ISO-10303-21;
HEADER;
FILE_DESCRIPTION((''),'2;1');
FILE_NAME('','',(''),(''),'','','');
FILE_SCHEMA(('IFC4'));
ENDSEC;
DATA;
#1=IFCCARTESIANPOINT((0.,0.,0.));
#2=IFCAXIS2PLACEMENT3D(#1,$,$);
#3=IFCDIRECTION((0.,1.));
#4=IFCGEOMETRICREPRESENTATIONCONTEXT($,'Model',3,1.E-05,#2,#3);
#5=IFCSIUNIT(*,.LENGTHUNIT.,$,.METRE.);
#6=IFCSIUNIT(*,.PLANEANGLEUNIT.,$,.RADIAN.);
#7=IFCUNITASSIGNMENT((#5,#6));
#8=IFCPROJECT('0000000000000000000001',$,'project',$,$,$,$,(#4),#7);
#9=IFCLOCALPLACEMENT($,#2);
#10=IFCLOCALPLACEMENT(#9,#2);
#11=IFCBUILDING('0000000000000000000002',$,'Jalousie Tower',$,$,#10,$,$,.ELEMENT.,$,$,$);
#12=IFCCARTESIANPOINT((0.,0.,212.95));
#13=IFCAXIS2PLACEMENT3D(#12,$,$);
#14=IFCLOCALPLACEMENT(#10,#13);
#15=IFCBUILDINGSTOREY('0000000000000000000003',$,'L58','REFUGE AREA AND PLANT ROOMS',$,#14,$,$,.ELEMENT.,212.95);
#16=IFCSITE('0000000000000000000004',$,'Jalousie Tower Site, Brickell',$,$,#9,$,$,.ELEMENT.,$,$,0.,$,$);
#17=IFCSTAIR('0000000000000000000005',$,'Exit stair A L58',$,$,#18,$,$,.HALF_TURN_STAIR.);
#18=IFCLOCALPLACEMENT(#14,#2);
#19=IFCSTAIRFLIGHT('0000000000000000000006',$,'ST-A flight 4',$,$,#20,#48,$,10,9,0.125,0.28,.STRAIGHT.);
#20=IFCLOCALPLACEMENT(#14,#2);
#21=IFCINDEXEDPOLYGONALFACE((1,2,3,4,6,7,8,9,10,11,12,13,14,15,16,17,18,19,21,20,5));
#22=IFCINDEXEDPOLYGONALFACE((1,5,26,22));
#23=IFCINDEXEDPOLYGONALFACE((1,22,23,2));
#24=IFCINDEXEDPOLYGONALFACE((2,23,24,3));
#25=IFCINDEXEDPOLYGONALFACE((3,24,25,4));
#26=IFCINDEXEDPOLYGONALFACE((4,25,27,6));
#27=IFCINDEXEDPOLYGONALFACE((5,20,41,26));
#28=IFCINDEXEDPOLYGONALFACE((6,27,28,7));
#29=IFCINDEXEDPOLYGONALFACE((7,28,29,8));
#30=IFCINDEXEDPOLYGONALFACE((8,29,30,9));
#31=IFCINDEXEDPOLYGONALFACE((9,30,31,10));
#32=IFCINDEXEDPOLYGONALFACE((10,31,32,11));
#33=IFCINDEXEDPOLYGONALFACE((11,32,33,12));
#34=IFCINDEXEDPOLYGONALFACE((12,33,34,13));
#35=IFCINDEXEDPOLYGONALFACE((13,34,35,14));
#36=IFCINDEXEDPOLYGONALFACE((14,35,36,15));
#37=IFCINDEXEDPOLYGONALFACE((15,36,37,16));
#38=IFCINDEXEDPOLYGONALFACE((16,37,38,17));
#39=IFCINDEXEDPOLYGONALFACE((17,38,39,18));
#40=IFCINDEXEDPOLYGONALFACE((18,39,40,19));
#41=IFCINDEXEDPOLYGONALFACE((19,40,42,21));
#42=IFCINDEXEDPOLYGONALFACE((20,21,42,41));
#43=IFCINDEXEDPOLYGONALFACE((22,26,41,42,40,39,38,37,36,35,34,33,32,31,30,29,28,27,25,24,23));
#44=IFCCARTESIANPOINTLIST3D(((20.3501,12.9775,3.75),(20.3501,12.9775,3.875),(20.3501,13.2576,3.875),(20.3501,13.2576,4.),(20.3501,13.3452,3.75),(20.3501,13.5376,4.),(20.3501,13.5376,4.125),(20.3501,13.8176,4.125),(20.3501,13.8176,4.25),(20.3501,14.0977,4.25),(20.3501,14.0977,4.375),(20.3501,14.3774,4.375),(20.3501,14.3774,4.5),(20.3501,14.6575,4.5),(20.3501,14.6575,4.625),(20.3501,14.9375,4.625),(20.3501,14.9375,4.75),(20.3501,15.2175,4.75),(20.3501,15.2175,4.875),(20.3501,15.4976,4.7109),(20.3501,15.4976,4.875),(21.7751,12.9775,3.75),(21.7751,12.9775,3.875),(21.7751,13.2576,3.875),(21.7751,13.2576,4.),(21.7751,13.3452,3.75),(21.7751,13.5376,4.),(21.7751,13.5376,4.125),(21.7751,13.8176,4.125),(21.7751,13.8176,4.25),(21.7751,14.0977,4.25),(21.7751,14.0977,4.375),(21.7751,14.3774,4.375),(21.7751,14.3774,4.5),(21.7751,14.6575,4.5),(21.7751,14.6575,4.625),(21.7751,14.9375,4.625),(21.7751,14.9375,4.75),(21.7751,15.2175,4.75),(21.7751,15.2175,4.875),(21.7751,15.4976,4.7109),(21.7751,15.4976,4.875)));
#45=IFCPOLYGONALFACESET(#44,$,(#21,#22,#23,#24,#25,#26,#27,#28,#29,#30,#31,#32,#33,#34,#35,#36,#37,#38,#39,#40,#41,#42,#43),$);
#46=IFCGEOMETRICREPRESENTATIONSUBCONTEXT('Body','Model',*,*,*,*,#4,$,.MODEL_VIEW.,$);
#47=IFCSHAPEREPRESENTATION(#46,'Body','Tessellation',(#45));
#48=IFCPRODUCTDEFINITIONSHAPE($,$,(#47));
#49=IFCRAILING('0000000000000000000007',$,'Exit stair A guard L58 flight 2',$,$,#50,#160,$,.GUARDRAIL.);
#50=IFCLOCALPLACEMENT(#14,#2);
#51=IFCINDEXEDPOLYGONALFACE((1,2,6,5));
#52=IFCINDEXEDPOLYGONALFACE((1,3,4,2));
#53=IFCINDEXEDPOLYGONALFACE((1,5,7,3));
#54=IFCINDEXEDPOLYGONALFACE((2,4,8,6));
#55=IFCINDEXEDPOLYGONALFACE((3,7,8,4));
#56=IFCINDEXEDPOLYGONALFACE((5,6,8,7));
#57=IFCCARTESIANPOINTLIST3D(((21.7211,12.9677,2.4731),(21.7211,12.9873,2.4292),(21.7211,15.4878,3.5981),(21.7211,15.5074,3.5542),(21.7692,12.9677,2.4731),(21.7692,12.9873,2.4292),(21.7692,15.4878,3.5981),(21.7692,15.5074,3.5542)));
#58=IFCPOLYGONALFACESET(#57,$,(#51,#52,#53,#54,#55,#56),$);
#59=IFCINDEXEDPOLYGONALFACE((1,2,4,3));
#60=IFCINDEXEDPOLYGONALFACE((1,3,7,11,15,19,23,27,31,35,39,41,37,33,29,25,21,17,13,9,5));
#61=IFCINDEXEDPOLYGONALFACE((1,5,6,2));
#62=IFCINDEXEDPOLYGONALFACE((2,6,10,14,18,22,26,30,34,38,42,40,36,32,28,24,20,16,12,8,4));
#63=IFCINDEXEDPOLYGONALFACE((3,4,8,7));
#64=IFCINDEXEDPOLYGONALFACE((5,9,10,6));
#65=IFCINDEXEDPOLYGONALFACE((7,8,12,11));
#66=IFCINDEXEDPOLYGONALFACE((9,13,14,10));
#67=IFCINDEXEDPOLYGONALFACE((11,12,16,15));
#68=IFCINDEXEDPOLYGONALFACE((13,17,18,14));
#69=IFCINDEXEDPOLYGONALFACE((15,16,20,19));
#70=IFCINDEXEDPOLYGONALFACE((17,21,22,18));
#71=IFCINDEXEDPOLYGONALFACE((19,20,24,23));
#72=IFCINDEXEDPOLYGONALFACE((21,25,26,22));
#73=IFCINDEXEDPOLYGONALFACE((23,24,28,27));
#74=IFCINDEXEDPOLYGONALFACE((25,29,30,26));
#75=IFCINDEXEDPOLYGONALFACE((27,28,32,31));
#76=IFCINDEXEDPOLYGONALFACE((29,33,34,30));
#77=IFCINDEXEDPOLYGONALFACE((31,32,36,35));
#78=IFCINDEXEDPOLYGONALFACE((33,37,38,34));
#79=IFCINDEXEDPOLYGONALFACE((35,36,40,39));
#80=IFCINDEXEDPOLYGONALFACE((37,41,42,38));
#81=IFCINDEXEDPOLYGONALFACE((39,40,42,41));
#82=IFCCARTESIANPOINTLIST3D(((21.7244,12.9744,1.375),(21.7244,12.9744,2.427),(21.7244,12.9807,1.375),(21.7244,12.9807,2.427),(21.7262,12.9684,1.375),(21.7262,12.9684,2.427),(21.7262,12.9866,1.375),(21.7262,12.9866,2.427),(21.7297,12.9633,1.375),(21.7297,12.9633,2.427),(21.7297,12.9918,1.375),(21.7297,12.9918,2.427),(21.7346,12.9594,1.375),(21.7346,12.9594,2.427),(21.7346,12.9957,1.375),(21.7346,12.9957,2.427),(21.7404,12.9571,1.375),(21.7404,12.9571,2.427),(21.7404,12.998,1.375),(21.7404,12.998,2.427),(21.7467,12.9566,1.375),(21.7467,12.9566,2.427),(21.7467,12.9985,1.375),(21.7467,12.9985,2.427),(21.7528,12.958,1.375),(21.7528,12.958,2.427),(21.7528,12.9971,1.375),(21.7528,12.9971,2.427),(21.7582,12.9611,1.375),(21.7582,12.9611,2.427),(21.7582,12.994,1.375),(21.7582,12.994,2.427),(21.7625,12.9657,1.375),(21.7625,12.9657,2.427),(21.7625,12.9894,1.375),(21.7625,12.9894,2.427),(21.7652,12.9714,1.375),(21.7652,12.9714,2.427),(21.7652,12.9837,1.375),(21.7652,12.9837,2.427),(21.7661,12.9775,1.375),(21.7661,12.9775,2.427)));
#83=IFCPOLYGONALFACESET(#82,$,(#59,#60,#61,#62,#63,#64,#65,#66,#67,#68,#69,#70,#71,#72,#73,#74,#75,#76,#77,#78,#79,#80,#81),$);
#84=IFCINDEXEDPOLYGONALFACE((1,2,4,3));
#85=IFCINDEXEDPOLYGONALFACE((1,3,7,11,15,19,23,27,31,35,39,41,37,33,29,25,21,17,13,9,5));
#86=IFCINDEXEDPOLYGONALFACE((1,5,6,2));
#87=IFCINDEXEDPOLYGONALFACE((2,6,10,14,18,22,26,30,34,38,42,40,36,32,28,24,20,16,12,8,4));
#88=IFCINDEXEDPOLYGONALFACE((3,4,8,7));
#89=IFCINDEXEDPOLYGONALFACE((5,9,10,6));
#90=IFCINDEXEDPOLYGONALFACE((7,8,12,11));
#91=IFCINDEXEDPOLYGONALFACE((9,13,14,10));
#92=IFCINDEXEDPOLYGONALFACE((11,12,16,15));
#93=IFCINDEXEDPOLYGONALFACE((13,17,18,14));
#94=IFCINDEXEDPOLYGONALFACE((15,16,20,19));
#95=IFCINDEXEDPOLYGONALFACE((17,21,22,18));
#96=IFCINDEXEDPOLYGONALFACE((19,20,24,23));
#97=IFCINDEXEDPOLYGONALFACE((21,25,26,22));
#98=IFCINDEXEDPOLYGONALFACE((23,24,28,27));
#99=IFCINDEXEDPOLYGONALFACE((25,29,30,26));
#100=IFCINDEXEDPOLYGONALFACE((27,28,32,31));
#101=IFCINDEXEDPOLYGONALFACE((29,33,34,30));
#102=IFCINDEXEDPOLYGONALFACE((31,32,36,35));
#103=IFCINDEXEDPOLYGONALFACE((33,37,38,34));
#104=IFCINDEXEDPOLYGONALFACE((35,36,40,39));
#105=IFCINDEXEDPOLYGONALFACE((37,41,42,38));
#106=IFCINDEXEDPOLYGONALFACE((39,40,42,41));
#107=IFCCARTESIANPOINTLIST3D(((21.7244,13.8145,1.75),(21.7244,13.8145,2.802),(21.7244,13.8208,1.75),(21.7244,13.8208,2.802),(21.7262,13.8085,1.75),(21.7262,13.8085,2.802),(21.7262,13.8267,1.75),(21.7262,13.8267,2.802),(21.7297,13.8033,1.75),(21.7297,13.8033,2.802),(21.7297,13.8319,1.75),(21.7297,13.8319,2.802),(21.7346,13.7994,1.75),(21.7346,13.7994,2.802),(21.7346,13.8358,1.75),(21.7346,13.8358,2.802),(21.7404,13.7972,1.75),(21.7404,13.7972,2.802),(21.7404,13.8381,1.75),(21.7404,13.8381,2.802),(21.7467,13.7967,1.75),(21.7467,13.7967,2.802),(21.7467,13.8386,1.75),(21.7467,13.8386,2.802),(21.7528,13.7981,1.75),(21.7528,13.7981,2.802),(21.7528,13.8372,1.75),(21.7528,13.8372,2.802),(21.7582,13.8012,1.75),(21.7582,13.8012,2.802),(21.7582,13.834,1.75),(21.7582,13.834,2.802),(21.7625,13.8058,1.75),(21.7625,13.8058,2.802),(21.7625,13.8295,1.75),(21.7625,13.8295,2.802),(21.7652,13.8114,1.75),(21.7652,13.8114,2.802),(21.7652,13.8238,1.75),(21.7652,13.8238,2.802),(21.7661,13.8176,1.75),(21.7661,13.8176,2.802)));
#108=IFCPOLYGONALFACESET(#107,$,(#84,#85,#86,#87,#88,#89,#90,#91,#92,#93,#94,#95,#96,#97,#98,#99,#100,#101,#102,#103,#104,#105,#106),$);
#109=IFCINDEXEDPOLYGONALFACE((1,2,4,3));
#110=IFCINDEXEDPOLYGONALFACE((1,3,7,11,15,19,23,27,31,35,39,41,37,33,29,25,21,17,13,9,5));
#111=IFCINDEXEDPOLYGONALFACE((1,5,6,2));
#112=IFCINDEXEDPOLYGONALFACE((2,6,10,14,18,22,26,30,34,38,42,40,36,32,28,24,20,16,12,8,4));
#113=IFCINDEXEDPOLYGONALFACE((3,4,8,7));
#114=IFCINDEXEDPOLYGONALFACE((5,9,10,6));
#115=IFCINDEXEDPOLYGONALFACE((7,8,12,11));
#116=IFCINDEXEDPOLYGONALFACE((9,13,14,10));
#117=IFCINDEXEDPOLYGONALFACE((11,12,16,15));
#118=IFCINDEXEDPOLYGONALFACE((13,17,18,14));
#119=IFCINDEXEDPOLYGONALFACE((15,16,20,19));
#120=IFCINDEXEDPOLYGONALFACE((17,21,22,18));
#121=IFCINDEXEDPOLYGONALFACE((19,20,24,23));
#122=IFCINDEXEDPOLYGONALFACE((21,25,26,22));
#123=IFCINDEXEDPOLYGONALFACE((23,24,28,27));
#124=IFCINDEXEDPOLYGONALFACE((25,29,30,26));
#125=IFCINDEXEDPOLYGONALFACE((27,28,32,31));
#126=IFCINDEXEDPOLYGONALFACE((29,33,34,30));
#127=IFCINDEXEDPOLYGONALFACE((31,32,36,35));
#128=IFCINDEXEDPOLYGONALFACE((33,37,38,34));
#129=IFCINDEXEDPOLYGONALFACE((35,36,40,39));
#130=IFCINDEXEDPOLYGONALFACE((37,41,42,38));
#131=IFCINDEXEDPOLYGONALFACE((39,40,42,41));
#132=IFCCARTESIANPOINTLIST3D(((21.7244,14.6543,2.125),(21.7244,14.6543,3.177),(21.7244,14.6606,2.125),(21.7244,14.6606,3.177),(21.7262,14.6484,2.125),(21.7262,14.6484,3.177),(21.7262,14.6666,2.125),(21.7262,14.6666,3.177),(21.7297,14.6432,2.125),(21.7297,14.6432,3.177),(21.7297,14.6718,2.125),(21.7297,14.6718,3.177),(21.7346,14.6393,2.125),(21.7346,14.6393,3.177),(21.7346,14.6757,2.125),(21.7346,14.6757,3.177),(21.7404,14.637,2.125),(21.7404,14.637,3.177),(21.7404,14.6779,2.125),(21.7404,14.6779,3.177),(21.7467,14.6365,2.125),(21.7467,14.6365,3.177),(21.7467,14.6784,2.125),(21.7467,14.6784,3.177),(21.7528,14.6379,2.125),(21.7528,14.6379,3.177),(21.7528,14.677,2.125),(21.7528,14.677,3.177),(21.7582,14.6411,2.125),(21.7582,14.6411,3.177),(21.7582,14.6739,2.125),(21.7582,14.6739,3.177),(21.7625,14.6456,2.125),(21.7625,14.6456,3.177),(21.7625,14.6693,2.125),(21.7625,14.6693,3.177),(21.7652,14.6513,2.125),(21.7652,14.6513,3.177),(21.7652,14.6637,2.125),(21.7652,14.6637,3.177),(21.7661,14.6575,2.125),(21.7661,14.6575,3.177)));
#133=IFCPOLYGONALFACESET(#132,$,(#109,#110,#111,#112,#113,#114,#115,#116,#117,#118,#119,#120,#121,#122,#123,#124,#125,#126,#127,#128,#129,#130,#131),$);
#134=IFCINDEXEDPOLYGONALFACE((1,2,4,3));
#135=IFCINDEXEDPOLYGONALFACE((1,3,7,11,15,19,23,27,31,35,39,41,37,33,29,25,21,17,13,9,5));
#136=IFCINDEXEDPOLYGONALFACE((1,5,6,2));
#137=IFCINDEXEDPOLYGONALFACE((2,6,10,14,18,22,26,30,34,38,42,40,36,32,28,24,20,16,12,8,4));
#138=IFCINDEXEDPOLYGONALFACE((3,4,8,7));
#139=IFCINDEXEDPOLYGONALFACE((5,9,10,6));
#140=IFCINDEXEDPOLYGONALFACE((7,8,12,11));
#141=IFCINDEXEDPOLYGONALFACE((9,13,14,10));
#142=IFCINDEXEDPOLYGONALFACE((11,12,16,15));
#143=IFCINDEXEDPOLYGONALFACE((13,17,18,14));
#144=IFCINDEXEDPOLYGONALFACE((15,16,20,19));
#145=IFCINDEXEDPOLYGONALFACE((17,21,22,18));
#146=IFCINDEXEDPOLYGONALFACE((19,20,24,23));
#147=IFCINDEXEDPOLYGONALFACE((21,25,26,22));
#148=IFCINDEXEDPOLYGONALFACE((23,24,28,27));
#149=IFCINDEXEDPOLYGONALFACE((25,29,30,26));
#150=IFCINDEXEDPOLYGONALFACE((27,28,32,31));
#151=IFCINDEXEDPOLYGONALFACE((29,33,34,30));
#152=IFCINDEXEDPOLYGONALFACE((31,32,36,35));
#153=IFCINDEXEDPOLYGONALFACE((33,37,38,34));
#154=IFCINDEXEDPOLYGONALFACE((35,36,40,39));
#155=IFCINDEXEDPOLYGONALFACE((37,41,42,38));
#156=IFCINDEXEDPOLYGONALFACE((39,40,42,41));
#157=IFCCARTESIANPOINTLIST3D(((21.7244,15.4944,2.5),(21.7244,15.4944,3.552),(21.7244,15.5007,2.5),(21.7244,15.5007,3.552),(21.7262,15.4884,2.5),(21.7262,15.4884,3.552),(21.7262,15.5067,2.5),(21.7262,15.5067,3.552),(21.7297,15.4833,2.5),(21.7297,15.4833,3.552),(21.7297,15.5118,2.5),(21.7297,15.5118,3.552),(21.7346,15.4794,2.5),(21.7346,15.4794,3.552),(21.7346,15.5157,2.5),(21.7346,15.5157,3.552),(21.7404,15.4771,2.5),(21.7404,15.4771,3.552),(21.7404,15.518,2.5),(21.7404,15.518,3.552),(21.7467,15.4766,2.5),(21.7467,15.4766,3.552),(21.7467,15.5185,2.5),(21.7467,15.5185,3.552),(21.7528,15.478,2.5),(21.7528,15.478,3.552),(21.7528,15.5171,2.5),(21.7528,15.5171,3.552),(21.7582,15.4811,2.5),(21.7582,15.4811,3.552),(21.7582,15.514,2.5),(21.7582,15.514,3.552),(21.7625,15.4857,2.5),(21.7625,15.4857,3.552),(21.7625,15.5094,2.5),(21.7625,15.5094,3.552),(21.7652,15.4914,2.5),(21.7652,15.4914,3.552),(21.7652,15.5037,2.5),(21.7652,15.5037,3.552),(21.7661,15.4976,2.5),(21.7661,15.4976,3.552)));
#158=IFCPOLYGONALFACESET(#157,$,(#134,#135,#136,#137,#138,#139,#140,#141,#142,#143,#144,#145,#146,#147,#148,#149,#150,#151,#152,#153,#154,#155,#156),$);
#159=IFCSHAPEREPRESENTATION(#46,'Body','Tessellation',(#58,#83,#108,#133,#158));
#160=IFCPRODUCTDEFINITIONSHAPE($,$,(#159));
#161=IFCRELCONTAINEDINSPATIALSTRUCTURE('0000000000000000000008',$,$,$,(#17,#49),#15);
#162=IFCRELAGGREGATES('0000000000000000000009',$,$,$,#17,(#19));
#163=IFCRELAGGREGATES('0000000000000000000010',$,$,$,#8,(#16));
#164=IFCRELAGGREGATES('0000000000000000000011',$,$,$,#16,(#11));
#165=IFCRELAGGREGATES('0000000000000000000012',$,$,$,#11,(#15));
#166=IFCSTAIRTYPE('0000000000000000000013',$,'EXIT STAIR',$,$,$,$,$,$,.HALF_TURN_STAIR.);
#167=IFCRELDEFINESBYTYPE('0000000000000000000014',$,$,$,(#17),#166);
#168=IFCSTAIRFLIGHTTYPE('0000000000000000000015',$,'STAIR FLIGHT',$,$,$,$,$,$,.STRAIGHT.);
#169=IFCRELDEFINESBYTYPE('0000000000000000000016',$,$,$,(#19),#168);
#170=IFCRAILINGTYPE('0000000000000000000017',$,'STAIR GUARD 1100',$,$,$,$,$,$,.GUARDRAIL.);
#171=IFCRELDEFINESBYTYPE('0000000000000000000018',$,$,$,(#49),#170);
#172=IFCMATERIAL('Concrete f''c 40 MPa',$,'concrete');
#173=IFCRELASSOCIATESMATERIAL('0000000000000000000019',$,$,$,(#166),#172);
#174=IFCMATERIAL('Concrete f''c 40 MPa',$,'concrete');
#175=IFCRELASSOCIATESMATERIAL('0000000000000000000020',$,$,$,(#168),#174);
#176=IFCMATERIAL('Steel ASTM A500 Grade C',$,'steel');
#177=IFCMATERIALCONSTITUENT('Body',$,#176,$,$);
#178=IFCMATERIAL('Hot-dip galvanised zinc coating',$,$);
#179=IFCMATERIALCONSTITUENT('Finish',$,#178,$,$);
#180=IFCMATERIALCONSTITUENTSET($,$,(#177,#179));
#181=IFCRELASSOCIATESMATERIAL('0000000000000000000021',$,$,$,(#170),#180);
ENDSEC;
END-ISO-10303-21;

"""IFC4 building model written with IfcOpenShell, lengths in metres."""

from ifc_helpers import new_model, si_unit, direction, frame, origin, origin_2d, place, context, subcontext, project, spatial, polyline, rectangle, circle, outline, extrude, material, constituent, constituent_set, type_object, element, aggregate, save


model = new_model("IFC4")

# Units and contexts
model_context = context("Model", 3, precision=1e-05, world=origin(), true_north=direction((0.0, 1.0)))
body_context = subcontext(model_context, "Body", "Model", "MODEL_VIEW")
ifc_project = project(units=[si_unit("LENGTHUNIT", "METRE"), si_unit("PLANEANGLEUNIT", "RADIAN")], contexts=[model_context])

# Site, building, storey
site_placement = place(None, origin())
site = spatial("IfcSite", under=ifc_project, at=site_placement, Name="Jalousie Tower Site, Brickell", CompositionType="ELEMENT", RefElevation=0.0)
building_placement = place(site_placement, origin())
building = spatial("IfcBuilding", under=site, at=building_placement, Name="Jalousie Tower", CompositionType="ELEMENT")
storey_placement = place(building_placement, frame((0.0, 0.0, 212.95)))
storey = spatial("IfcBuildingStorey", under=building, at=storey_placement, Name="L58", Description="REFUGE AREA AND PLANT ROOMS", CompositionType="ELEMENT", Elevation=212.95)

# Stair, stair flight
ifc_material_1 = material(Name="Concrete f'c 40 MPa", Category="concrete")
stair_type = type_object("IfcStairType", Name="EXIT STAIR", PredefinedType="HALF_TURN_STAIR", material=ifc_material_1)
stair_placement = place(storey_placement, origin())
stair = element("IfcStair", 1, at=stair_placement, inside=storey, type_object=stair_type, Name="Exit stair A L58", PredefinedType="HALF_TURN_STAIR")
ifc_material_2 = material(Name="Concrete f'c 40 MPa", Category="concrete")
stair_flight_type = type_object("IfcStairFlightType", Name="STAIR FLIGHT", PredefinedType="STRAIGHT", material=ifc_material_2)
stair_flight_1_placement = place(storey_placement, frame((21.0625, 12.9775, 3.75), z_axis=(0.0, 0.0, 1.0), x_axis=(0.0, 1.0, 0.0)))
stair_flight_1 = element("IfcStairFlight", 2, at=stair_flight_1_placement, type_object=stair_flight_type, Name="ST-A flight 4", NumberOfRisers=10, NumberOfTreads=9, PredefinedType="STRAIGHT", RiserHeight=0.125, TreadLength=0.28, context=body_context, shape_type="SweptSolid", body=[
    extrude(outline(polyline([(0.0, 0.0), (0.0, 0.125), (0.28, 0.125), (0.28, 0.25), (0.5601, 0.25), (0.5601, 0.375), (0.8401, 0.375), (0.8401, 0.5), (1.1201, 0.5), (1.1201, 0.625), (1.3999, 0.625), (1.3999, 0.75), (1.6799, 0.75), (1.6799, 0.875), (1.96, 0.875), (1.96, 1.0), (2.24, 1.0), (2.24, 1.125), (2.52, 1.125), (2.52, 1.25), (2.52, 0.9609), (0.3677, 0.0), (0.0, 0.0)])), frame((0.0, 0.7124, 0.0), z_axis=(0.0, -1.0, 0.0), x_axis=(1.0, 0.0, 0.0)), (0.0, 0.0, 1.0), 1.425),
])
aggregate(stair, [stair_flight_1])

# Railing
ifc_material_3 = material(Name="Steel ASTM A500 Grade C", Category="steel")
ifc_constituent_1 = constituent(ifc_material_3, Name="Body")
ifc_material_4 = material(Name="Hot-dip galvanised zinc coating")
ifc_constituent_2 = constituent(ifc_material_4, Name="Finish")
ifc_constituent_set_1 = constituent_set(constituents=[ifc_constituent_1, ifc_constituent_2])
railing_type_1 = type_object("IfcRailingType", Name="STAIR GUARD 1100", PredefinedType="GUARDRAIL", material=ifc_constituent_set_1)
for number, where, name in (
    (3, (21.7451, 12.9775, 1.375), "Exit stair A guard L58 flight 2"),
):
    element("IfcRailing", number, at=place(storey_placement, frame(where)), inside=storey, type_object=railing_type_1, Name=name, PredefinedType="GUARDRAIL", context=body_context, shape_type="SweptSolid", body=[
        extrude(rectangle(XDim=0.0481, YDim=0.0481, at=origin_2d()), frame((0.0, 0.0, 1.0762), z_axis=(0.0, 0.913139, 0.407648), x_axis=(-1.0, 0.0, 0.0)), (0.0, 0.0, 1.0), 2.7598),
        extrude(circle(Radius=0.021, at=origin_2d()), origin(), (0.0, 0.0, 1.0), 1.052),
        extrude(circle(Radius=0.021, at=origin_2d()), frame((0.0, 0.8401, 0.375)), (0.0, 0.0, 1.0), 1.052),
        extrude(circle(Radius=0.021, at=origin_2d()), frame((0.0, 1.6799, 0.75)), (0.0, 0.0, 1.0), 1.052),
        extrude(circle(Radius=0.021, at=origin_2d()), frame((0.0, 2.52, 1.125)), (0.0, 0.0, 1.0), 1.052),
    ])

save(model, "model.ifc")
